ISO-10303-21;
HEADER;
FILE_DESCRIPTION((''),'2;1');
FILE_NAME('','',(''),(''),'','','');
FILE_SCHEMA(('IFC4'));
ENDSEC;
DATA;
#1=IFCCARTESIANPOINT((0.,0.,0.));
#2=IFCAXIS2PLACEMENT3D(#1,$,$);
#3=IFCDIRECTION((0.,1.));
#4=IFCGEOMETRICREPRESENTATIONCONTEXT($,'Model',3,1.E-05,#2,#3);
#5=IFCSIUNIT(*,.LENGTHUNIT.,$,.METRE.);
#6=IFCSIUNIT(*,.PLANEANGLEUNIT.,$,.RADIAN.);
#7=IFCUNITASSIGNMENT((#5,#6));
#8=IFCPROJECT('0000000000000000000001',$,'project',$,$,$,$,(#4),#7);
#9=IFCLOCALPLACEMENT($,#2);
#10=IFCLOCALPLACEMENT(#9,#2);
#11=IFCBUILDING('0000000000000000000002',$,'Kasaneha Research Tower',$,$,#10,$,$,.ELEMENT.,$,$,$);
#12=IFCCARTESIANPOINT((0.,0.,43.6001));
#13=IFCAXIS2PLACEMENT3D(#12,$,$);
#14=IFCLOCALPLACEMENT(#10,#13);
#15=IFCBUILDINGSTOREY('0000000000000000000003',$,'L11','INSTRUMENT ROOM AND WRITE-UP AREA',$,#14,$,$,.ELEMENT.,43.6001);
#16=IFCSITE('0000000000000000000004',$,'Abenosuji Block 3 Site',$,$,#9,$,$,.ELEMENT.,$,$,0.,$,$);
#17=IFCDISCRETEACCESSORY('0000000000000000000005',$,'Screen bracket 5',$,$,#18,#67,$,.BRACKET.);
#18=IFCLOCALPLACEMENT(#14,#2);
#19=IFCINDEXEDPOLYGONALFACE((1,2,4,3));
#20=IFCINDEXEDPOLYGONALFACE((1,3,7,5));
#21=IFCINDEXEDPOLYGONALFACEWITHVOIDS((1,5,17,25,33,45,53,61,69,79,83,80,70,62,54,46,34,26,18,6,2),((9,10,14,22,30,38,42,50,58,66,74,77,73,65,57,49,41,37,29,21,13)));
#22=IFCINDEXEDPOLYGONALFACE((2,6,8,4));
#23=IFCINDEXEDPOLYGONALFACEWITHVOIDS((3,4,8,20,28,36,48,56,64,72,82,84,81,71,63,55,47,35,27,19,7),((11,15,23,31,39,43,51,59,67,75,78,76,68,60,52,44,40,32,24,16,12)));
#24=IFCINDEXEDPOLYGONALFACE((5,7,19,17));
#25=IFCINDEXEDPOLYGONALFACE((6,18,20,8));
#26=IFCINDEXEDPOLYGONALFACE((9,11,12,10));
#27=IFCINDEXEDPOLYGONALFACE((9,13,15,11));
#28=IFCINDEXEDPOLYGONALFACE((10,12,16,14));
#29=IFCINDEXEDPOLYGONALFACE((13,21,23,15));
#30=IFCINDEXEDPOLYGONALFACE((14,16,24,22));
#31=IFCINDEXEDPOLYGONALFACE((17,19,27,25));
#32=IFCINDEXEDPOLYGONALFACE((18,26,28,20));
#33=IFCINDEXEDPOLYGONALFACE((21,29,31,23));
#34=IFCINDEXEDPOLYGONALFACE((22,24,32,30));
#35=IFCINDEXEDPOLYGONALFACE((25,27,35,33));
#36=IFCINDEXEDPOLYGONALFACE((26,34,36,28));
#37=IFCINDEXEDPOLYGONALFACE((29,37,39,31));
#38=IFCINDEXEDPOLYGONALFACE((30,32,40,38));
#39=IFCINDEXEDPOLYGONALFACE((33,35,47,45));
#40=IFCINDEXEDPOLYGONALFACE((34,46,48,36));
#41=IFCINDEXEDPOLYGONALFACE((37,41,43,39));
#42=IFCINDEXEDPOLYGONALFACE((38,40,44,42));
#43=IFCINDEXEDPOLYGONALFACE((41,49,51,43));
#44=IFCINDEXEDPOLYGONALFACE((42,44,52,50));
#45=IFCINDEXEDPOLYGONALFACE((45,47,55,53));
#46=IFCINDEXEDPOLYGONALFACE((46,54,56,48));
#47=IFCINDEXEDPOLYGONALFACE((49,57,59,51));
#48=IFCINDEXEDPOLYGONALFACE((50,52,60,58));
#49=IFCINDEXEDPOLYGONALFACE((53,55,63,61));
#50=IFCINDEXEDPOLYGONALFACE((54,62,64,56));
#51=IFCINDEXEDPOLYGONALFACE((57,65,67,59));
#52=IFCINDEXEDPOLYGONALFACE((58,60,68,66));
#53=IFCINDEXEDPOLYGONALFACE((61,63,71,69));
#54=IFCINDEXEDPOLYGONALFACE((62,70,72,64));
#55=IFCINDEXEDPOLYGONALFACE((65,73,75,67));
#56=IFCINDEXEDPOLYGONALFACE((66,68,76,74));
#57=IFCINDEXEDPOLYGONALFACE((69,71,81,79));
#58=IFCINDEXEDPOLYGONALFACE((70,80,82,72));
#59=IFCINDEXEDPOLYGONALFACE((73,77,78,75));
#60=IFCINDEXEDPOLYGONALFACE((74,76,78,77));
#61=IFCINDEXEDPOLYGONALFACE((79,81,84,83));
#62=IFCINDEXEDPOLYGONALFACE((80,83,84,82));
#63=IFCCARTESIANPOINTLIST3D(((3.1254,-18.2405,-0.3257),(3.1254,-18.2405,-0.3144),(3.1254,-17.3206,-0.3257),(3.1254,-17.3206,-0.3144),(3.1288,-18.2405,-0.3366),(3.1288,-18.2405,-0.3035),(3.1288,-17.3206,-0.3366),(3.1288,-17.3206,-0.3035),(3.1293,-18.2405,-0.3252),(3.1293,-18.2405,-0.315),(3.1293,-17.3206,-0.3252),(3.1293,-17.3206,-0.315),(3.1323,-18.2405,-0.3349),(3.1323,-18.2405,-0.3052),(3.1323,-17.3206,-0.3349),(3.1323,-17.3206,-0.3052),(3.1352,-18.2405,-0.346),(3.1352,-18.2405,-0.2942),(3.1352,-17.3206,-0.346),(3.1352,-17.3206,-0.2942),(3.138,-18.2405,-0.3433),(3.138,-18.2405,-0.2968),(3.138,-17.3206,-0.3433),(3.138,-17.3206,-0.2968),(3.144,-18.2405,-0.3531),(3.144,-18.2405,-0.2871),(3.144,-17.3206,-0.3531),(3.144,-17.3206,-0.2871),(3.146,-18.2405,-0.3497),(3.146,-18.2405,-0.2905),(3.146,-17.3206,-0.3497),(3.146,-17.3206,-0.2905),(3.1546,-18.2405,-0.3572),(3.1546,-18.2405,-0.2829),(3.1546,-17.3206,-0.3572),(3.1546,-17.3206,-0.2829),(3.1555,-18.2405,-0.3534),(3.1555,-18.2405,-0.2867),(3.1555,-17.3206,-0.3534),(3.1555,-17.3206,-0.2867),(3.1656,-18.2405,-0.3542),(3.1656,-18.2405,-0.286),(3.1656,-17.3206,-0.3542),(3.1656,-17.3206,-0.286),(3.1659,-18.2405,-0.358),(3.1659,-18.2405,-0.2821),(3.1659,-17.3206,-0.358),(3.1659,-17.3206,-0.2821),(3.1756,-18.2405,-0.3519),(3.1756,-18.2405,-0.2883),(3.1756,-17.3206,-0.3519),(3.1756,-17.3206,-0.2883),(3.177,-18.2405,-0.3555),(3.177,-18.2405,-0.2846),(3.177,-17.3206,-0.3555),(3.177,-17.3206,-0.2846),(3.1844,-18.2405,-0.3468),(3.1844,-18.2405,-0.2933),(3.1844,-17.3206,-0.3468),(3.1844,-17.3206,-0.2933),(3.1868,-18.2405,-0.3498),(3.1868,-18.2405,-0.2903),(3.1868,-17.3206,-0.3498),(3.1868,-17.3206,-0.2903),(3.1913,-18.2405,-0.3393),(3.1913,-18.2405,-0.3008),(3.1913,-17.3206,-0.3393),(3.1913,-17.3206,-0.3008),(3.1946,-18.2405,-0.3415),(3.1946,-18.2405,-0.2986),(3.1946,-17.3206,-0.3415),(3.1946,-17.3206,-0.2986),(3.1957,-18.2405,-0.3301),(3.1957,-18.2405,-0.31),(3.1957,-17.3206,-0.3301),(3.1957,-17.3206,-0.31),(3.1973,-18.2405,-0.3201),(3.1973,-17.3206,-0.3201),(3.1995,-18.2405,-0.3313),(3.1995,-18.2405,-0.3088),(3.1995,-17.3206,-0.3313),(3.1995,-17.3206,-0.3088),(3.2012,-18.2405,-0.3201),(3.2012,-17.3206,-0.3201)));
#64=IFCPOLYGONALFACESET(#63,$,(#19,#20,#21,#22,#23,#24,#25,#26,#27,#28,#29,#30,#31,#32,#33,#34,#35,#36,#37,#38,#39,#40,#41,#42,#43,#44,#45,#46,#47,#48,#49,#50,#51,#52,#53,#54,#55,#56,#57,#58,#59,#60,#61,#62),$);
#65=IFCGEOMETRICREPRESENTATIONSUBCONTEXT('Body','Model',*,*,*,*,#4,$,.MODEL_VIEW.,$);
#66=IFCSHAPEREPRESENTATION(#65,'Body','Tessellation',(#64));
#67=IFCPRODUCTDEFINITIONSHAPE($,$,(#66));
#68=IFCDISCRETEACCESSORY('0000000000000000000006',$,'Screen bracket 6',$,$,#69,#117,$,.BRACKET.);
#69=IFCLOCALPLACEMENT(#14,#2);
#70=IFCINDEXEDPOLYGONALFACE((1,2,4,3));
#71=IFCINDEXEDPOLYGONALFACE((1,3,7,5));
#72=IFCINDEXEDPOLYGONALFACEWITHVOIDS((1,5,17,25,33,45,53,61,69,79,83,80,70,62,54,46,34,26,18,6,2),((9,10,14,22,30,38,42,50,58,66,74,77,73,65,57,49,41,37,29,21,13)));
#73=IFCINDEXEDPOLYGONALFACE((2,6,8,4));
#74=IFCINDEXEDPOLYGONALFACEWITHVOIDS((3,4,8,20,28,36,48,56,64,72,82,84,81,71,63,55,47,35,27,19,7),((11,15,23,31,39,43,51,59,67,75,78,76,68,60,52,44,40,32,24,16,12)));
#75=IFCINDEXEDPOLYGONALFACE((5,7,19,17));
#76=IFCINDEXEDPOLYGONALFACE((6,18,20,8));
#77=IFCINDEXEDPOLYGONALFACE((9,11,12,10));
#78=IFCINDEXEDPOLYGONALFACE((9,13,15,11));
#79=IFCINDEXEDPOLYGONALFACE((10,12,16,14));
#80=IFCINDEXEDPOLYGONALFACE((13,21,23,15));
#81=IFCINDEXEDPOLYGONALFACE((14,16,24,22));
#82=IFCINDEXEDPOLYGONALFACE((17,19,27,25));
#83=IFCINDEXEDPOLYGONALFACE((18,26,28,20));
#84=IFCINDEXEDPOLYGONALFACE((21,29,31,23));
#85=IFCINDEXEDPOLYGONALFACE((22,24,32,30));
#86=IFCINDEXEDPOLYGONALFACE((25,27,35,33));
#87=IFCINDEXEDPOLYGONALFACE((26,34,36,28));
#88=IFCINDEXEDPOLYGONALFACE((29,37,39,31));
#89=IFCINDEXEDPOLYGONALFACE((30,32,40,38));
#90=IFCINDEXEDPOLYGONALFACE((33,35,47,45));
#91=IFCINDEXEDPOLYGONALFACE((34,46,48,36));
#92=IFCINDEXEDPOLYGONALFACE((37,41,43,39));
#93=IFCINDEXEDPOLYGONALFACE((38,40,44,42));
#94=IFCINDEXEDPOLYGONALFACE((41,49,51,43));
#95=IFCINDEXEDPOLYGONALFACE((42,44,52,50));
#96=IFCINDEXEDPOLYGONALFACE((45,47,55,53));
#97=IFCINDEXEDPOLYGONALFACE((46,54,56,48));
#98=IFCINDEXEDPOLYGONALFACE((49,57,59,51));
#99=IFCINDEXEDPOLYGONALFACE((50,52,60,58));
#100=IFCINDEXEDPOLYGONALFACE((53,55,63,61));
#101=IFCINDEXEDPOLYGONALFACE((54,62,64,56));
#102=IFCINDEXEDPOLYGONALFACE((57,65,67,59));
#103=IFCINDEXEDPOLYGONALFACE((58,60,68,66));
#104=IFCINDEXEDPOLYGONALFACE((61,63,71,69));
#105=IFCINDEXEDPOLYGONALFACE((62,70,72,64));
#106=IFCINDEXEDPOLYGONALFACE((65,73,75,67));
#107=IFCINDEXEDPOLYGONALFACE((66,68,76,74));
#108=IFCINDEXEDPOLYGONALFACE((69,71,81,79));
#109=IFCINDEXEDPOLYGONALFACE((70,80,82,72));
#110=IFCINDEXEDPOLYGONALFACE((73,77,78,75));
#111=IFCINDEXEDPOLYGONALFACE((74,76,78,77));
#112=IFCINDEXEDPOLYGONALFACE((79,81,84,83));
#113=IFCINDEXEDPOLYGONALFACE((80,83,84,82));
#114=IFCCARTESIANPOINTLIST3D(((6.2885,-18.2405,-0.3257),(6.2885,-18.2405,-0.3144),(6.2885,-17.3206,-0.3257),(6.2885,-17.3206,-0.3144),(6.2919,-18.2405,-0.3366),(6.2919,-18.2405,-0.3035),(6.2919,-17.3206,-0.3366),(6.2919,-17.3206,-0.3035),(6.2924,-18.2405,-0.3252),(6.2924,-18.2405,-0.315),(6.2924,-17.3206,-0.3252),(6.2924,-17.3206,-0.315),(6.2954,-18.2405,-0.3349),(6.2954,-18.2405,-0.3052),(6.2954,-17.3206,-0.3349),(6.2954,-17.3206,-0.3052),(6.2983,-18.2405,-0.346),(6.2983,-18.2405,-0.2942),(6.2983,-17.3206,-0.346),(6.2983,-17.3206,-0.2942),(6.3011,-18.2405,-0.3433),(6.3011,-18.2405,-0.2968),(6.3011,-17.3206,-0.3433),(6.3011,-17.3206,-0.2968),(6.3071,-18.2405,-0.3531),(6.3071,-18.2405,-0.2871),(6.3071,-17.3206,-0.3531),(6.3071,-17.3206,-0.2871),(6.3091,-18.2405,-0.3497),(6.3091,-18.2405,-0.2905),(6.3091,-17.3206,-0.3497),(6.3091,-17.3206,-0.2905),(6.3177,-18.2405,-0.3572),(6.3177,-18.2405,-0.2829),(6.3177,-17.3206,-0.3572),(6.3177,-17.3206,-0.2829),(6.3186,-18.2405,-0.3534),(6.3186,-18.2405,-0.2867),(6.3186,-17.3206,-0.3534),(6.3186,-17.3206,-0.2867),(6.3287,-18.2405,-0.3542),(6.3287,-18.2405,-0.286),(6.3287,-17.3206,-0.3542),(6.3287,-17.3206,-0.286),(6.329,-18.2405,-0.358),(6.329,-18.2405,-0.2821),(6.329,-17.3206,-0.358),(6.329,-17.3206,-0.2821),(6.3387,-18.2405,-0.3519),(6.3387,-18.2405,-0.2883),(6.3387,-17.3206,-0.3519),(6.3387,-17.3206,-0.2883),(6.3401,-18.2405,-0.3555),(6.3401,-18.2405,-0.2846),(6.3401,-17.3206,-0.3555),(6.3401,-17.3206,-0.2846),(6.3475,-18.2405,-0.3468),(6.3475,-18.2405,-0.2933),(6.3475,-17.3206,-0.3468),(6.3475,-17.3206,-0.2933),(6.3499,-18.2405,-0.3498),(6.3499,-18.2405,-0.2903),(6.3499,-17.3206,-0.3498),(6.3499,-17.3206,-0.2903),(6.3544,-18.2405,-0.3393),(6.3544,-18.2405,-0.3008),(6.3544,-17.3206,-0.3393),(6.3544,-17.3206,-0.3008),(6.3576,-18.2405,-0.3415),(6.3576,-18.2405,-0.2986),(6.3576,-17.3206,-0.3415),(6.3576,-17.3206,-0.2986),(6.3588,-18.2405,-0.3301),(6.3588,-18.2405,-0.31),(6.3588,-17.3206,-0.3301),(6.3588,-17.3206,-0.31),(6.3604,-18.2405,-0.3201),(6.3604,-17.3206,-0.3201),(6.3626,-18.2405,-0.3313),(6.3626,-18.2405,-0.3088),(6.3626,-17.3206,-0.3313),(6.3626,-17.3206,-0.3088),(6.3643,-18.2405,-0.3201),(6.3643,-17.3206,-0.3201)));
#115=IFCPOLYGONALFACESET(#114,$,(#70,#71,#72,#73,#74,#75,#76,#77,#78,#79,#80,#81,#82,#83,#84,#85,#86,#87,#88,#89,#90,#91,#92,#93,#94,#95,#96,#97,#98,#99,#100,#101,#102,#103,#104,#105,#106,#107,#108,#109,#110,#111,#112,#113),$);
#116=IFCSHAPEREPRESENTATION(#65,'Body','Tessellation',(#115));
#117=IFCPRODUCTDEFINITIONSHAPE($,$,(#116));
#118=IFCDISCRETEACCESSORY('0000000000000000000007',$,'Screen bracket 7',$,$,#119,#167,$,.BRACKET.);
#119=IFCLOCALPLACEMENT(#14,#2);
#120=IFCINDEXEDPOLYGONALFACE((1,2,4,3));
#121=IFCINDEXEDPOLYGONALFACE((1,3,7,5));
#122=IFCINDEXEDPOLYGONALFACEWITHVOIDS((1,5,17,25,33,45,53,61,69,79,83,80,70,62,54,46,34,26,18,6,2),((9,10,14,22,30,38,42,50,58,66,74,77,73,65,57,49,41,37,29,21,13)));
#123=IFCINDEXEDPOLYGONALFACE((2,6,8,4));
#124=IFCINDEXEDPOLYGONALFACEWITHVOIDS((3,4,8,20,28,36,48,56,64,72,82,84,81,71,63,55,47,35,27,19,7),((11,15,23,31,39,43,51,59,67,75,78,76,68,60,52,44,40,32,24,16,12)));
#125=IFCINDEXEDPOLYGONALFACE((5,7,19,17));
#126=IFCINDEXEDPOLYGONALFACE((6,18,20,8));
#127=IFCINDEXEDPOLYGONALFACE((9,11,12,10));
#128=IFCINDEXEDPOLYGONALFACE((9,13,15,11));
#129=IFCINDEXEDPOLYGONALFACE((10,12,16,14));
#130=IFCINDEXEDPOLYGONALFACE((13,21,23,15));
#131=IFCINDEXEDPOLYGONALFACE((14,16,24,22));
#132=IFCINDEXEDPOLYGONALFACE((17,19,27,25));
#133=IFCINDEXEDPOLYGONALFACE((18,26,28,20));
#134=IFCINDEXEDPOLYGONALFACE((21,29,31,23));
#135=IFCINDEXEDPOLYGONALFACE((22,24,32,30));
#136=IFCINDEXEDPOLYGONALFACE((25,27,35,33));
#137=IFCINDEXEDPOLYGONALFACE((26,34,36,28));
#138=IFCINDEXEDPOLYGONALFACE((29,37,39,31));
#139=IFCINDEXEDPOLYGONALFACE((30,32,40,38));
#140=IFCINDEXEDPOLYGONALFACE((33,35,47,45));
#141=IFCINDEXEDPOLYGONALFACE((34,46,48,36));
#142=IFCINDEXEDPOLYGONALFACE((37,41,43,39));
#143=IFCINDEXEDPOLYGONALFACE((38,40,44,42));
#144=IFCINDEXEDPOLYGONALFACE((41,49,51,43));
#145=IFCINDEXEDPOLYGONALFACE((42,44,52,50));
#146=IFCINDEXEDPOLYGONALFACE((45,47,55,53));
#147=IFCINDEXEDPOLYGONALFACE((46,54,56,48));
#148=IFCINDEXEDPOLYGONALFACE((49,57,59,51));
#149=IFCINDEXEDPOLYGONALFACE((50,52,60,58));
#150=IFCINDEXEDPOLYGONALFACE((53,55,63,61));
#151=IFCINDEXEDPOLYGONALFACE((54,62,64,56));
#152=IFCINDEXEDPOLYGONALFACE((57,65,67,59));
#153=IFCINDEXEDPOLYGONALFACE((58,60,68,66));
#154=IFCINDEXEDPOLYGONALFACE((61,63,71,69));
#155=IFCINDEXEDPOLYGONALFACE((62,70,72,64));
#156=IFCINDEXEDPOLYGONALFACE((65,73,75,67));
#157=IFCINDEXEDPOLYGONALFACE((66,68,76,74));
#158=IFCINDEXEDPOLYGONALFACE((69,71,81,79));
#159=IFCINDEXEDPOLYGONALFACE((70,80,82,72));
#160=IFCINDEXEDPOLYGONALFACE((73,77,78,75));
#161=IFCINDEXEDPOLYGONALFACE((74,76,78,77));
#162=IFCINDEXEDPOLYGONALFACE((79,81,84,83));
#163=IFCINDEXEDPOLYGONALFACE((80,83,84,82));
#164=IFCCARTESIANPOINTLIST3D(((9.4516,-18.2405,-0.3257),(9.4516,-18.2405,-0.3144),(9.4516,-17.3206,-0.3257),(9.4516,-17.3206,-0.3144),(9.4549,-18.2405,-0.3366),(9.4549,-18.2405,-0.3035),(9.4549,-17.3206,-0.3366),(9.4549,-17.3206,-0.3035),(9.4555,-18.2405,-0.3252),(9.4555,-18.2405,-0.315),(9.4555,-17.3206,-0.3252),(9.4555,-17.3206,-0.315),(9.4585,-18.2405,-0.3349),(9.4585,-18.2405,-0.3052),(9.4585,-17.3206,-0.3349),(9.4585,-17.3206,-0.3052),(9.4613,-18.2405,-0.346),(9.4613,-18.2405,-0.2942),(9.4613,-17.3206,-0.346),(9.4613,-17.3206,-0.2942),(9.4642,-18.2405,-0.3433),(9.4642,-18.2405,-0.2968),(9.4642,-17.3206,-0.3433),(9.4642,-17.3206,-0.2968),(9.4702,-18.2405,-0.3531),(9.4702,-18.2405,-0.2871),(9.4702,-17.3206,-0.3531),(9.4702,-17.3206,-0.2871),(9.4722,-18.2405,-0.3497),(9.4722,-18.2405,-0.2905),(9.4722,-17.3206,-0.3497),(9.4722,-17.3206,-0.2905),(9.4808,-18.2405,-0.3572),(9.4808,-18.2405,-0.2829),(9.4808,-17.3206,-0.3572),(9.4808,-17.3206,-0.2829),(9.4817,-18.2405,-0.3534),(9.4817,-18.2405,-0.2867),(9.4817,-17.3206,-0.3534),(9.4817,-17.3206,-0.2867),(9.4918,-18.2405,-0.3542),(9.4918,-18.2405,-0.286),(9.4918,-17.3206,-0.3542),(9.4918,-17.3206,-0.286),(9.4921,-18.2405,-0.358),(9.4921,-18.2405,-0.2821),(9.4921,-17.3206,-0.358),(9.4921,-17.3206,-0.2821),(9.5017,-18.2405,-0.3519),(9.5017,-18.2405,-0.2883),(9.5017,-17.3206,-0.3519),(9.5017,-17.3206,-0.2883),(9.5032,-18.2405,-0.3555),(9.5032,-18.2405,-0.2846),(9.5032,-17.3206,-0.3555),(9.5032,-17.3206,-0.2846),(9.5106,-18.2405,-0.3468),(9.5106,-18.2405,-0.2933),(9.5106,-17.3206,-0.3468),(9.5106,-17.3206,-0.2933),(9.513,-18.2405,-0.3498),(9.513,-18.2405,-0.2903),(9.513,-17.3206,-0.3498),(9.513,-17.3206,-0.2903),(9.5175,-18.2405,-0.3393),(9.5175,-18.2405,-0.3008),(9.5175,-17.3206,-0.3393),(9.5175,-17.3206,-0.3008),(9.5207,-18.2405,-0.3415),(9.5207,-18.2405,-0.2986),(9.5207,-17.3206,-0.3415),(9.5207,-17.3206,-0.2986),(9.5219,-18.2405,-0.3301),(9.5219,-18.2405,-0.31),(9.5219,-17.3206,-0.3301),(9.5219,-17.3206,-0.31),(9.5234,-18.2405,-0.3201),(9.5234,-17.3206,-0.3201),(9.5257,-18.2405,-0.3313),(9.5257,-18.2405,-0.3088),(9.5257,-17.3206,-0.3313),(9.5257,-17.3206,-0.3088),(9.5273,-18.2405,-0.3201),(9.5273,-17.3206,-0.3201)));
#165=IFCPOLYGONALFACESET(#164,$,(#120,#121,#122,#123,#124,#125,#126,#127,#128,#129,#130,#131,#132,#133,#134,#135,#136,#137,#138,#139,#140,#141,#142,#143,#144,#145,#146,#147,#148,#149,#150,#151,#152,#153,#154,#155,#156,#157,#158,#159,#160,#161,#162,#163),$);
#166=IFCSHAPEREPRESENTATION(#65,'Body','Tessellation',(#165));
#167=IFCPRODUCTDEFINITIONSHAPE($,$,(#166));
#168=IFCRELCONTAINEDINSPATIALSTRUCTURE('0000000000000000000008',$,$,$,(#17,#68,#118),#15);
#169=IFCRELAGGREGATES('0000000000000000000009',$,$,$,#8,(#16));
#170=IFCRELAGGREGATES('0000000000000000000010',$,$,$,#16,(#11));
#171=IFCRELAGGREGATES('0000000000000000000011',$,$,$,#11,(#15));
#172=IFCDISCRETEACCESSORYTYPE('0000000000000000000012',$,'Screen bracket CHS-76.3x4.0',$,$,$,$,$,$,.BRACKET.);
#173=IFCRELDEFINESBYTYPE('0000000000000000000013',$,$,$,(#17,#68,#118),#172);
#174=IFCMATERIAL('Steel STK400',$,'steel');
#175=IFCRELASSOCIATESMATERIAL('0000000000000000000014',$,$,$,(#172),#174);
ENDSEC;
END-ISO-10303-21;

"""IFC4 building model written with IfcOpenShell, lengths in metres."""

from ifc_helpers import new_model, si_unit, direction, frame, origin, origin_2d, place, context, subcontext, project, spatial, hollow_circle, extrude, material, material_profile, profile_set, type_object, element, save


model = new_model("IFC4")

# Units and contexts
model_context = context("Model", 3, precision=1e-05, world=origin(), true_north=direction((0.0, 1.0)))
body_context = subcontext(model_context, "Body", "Model", "MODEL_VIEW")
ifc_project = project(units=[si_unit("LENGTHUNIT", "METRE"), si_unit("PLANEANGLEUNIT", "RADIAN")], contexts=[model_context])

# Site, building, storey
site_placement = place(None, origin())
site = spatial("IfcSite", under=ifc_project, at=site_placement, Name="Abenosuji Block 3 Site", CompositionType="ELEMENT", RefElevation=0.0)
building_placement = place(site_placement, origin())
building = spatial("IfcBuilding", under=site, at=building_placement, Name="Kasaneha Research Tower", CompositionType="ELEMENT")
storey_placement = place(building_placement, frame((0.0, 0.0, 43.6001)))
storey = spatial("IfcBuildingStorey", under=building, at=storey_placement, Name="L11", Description="INSTRUMENT ROOM AND WRITE-UP AREA", CompositionType="ELEMENT", Elevation=43.6001)

# Discrete accessories
ifc_material_1 = material(Name="Steel STK400", Category="steel")
ifc_material_profile_1 = material_profile(ifc_material_1, hollow_circle(Radius=0.0381, WallThickness=0.0039, at=origin_2d()), Name="CHS-76.3x4.0")
ifc_profile_set_1 = profile_set([ifc_material_profile_1], Name="Steel STK400")
discrete_accessory_type = type_object("IfcDiscreteAccessoryType", Name="Screen bracket CHS-76.3x4.0", PredefinedType="BRACKET", material=ifc_profile_set_1)
for number, where, z_axis, x_axis, name in (
    (1, (3.1631, -17.3206, -0.3201), (0.0, -1.0, 0.0), (1.0, 0.0, 0.0), "Screen bracket 5"),
    (2, (6.3262, -17.3206, -0.3201), (0.0, -1.0, 0.0), (1.0, 0.0, 0.0), "Screen bracket 6"),
    (3, (9.4893, -17.3206, -0.3201), (0.0, -1.0, 0.0), (1.0, 0.0, 0.0), "Screen bracket 7"),
):
    element("IfcDiscreteAccessory", number, at=place(storey_placement, frame(where, z_axis=z_axis, x_axis=x_axis)), inside=storey, type_object=discrete_accessory_type, Name=name, PredefinedType="BRACKET", context=body_context, shape_type="SweptSolid", body=[
        extrude(hollow_circle(Radius=0.0381, WallThickness=0.0039, at=origin_2d()), origin(), (0.0, 0.0, 1.0), 0.9199),
    ])

save(model, "model.ifc")
